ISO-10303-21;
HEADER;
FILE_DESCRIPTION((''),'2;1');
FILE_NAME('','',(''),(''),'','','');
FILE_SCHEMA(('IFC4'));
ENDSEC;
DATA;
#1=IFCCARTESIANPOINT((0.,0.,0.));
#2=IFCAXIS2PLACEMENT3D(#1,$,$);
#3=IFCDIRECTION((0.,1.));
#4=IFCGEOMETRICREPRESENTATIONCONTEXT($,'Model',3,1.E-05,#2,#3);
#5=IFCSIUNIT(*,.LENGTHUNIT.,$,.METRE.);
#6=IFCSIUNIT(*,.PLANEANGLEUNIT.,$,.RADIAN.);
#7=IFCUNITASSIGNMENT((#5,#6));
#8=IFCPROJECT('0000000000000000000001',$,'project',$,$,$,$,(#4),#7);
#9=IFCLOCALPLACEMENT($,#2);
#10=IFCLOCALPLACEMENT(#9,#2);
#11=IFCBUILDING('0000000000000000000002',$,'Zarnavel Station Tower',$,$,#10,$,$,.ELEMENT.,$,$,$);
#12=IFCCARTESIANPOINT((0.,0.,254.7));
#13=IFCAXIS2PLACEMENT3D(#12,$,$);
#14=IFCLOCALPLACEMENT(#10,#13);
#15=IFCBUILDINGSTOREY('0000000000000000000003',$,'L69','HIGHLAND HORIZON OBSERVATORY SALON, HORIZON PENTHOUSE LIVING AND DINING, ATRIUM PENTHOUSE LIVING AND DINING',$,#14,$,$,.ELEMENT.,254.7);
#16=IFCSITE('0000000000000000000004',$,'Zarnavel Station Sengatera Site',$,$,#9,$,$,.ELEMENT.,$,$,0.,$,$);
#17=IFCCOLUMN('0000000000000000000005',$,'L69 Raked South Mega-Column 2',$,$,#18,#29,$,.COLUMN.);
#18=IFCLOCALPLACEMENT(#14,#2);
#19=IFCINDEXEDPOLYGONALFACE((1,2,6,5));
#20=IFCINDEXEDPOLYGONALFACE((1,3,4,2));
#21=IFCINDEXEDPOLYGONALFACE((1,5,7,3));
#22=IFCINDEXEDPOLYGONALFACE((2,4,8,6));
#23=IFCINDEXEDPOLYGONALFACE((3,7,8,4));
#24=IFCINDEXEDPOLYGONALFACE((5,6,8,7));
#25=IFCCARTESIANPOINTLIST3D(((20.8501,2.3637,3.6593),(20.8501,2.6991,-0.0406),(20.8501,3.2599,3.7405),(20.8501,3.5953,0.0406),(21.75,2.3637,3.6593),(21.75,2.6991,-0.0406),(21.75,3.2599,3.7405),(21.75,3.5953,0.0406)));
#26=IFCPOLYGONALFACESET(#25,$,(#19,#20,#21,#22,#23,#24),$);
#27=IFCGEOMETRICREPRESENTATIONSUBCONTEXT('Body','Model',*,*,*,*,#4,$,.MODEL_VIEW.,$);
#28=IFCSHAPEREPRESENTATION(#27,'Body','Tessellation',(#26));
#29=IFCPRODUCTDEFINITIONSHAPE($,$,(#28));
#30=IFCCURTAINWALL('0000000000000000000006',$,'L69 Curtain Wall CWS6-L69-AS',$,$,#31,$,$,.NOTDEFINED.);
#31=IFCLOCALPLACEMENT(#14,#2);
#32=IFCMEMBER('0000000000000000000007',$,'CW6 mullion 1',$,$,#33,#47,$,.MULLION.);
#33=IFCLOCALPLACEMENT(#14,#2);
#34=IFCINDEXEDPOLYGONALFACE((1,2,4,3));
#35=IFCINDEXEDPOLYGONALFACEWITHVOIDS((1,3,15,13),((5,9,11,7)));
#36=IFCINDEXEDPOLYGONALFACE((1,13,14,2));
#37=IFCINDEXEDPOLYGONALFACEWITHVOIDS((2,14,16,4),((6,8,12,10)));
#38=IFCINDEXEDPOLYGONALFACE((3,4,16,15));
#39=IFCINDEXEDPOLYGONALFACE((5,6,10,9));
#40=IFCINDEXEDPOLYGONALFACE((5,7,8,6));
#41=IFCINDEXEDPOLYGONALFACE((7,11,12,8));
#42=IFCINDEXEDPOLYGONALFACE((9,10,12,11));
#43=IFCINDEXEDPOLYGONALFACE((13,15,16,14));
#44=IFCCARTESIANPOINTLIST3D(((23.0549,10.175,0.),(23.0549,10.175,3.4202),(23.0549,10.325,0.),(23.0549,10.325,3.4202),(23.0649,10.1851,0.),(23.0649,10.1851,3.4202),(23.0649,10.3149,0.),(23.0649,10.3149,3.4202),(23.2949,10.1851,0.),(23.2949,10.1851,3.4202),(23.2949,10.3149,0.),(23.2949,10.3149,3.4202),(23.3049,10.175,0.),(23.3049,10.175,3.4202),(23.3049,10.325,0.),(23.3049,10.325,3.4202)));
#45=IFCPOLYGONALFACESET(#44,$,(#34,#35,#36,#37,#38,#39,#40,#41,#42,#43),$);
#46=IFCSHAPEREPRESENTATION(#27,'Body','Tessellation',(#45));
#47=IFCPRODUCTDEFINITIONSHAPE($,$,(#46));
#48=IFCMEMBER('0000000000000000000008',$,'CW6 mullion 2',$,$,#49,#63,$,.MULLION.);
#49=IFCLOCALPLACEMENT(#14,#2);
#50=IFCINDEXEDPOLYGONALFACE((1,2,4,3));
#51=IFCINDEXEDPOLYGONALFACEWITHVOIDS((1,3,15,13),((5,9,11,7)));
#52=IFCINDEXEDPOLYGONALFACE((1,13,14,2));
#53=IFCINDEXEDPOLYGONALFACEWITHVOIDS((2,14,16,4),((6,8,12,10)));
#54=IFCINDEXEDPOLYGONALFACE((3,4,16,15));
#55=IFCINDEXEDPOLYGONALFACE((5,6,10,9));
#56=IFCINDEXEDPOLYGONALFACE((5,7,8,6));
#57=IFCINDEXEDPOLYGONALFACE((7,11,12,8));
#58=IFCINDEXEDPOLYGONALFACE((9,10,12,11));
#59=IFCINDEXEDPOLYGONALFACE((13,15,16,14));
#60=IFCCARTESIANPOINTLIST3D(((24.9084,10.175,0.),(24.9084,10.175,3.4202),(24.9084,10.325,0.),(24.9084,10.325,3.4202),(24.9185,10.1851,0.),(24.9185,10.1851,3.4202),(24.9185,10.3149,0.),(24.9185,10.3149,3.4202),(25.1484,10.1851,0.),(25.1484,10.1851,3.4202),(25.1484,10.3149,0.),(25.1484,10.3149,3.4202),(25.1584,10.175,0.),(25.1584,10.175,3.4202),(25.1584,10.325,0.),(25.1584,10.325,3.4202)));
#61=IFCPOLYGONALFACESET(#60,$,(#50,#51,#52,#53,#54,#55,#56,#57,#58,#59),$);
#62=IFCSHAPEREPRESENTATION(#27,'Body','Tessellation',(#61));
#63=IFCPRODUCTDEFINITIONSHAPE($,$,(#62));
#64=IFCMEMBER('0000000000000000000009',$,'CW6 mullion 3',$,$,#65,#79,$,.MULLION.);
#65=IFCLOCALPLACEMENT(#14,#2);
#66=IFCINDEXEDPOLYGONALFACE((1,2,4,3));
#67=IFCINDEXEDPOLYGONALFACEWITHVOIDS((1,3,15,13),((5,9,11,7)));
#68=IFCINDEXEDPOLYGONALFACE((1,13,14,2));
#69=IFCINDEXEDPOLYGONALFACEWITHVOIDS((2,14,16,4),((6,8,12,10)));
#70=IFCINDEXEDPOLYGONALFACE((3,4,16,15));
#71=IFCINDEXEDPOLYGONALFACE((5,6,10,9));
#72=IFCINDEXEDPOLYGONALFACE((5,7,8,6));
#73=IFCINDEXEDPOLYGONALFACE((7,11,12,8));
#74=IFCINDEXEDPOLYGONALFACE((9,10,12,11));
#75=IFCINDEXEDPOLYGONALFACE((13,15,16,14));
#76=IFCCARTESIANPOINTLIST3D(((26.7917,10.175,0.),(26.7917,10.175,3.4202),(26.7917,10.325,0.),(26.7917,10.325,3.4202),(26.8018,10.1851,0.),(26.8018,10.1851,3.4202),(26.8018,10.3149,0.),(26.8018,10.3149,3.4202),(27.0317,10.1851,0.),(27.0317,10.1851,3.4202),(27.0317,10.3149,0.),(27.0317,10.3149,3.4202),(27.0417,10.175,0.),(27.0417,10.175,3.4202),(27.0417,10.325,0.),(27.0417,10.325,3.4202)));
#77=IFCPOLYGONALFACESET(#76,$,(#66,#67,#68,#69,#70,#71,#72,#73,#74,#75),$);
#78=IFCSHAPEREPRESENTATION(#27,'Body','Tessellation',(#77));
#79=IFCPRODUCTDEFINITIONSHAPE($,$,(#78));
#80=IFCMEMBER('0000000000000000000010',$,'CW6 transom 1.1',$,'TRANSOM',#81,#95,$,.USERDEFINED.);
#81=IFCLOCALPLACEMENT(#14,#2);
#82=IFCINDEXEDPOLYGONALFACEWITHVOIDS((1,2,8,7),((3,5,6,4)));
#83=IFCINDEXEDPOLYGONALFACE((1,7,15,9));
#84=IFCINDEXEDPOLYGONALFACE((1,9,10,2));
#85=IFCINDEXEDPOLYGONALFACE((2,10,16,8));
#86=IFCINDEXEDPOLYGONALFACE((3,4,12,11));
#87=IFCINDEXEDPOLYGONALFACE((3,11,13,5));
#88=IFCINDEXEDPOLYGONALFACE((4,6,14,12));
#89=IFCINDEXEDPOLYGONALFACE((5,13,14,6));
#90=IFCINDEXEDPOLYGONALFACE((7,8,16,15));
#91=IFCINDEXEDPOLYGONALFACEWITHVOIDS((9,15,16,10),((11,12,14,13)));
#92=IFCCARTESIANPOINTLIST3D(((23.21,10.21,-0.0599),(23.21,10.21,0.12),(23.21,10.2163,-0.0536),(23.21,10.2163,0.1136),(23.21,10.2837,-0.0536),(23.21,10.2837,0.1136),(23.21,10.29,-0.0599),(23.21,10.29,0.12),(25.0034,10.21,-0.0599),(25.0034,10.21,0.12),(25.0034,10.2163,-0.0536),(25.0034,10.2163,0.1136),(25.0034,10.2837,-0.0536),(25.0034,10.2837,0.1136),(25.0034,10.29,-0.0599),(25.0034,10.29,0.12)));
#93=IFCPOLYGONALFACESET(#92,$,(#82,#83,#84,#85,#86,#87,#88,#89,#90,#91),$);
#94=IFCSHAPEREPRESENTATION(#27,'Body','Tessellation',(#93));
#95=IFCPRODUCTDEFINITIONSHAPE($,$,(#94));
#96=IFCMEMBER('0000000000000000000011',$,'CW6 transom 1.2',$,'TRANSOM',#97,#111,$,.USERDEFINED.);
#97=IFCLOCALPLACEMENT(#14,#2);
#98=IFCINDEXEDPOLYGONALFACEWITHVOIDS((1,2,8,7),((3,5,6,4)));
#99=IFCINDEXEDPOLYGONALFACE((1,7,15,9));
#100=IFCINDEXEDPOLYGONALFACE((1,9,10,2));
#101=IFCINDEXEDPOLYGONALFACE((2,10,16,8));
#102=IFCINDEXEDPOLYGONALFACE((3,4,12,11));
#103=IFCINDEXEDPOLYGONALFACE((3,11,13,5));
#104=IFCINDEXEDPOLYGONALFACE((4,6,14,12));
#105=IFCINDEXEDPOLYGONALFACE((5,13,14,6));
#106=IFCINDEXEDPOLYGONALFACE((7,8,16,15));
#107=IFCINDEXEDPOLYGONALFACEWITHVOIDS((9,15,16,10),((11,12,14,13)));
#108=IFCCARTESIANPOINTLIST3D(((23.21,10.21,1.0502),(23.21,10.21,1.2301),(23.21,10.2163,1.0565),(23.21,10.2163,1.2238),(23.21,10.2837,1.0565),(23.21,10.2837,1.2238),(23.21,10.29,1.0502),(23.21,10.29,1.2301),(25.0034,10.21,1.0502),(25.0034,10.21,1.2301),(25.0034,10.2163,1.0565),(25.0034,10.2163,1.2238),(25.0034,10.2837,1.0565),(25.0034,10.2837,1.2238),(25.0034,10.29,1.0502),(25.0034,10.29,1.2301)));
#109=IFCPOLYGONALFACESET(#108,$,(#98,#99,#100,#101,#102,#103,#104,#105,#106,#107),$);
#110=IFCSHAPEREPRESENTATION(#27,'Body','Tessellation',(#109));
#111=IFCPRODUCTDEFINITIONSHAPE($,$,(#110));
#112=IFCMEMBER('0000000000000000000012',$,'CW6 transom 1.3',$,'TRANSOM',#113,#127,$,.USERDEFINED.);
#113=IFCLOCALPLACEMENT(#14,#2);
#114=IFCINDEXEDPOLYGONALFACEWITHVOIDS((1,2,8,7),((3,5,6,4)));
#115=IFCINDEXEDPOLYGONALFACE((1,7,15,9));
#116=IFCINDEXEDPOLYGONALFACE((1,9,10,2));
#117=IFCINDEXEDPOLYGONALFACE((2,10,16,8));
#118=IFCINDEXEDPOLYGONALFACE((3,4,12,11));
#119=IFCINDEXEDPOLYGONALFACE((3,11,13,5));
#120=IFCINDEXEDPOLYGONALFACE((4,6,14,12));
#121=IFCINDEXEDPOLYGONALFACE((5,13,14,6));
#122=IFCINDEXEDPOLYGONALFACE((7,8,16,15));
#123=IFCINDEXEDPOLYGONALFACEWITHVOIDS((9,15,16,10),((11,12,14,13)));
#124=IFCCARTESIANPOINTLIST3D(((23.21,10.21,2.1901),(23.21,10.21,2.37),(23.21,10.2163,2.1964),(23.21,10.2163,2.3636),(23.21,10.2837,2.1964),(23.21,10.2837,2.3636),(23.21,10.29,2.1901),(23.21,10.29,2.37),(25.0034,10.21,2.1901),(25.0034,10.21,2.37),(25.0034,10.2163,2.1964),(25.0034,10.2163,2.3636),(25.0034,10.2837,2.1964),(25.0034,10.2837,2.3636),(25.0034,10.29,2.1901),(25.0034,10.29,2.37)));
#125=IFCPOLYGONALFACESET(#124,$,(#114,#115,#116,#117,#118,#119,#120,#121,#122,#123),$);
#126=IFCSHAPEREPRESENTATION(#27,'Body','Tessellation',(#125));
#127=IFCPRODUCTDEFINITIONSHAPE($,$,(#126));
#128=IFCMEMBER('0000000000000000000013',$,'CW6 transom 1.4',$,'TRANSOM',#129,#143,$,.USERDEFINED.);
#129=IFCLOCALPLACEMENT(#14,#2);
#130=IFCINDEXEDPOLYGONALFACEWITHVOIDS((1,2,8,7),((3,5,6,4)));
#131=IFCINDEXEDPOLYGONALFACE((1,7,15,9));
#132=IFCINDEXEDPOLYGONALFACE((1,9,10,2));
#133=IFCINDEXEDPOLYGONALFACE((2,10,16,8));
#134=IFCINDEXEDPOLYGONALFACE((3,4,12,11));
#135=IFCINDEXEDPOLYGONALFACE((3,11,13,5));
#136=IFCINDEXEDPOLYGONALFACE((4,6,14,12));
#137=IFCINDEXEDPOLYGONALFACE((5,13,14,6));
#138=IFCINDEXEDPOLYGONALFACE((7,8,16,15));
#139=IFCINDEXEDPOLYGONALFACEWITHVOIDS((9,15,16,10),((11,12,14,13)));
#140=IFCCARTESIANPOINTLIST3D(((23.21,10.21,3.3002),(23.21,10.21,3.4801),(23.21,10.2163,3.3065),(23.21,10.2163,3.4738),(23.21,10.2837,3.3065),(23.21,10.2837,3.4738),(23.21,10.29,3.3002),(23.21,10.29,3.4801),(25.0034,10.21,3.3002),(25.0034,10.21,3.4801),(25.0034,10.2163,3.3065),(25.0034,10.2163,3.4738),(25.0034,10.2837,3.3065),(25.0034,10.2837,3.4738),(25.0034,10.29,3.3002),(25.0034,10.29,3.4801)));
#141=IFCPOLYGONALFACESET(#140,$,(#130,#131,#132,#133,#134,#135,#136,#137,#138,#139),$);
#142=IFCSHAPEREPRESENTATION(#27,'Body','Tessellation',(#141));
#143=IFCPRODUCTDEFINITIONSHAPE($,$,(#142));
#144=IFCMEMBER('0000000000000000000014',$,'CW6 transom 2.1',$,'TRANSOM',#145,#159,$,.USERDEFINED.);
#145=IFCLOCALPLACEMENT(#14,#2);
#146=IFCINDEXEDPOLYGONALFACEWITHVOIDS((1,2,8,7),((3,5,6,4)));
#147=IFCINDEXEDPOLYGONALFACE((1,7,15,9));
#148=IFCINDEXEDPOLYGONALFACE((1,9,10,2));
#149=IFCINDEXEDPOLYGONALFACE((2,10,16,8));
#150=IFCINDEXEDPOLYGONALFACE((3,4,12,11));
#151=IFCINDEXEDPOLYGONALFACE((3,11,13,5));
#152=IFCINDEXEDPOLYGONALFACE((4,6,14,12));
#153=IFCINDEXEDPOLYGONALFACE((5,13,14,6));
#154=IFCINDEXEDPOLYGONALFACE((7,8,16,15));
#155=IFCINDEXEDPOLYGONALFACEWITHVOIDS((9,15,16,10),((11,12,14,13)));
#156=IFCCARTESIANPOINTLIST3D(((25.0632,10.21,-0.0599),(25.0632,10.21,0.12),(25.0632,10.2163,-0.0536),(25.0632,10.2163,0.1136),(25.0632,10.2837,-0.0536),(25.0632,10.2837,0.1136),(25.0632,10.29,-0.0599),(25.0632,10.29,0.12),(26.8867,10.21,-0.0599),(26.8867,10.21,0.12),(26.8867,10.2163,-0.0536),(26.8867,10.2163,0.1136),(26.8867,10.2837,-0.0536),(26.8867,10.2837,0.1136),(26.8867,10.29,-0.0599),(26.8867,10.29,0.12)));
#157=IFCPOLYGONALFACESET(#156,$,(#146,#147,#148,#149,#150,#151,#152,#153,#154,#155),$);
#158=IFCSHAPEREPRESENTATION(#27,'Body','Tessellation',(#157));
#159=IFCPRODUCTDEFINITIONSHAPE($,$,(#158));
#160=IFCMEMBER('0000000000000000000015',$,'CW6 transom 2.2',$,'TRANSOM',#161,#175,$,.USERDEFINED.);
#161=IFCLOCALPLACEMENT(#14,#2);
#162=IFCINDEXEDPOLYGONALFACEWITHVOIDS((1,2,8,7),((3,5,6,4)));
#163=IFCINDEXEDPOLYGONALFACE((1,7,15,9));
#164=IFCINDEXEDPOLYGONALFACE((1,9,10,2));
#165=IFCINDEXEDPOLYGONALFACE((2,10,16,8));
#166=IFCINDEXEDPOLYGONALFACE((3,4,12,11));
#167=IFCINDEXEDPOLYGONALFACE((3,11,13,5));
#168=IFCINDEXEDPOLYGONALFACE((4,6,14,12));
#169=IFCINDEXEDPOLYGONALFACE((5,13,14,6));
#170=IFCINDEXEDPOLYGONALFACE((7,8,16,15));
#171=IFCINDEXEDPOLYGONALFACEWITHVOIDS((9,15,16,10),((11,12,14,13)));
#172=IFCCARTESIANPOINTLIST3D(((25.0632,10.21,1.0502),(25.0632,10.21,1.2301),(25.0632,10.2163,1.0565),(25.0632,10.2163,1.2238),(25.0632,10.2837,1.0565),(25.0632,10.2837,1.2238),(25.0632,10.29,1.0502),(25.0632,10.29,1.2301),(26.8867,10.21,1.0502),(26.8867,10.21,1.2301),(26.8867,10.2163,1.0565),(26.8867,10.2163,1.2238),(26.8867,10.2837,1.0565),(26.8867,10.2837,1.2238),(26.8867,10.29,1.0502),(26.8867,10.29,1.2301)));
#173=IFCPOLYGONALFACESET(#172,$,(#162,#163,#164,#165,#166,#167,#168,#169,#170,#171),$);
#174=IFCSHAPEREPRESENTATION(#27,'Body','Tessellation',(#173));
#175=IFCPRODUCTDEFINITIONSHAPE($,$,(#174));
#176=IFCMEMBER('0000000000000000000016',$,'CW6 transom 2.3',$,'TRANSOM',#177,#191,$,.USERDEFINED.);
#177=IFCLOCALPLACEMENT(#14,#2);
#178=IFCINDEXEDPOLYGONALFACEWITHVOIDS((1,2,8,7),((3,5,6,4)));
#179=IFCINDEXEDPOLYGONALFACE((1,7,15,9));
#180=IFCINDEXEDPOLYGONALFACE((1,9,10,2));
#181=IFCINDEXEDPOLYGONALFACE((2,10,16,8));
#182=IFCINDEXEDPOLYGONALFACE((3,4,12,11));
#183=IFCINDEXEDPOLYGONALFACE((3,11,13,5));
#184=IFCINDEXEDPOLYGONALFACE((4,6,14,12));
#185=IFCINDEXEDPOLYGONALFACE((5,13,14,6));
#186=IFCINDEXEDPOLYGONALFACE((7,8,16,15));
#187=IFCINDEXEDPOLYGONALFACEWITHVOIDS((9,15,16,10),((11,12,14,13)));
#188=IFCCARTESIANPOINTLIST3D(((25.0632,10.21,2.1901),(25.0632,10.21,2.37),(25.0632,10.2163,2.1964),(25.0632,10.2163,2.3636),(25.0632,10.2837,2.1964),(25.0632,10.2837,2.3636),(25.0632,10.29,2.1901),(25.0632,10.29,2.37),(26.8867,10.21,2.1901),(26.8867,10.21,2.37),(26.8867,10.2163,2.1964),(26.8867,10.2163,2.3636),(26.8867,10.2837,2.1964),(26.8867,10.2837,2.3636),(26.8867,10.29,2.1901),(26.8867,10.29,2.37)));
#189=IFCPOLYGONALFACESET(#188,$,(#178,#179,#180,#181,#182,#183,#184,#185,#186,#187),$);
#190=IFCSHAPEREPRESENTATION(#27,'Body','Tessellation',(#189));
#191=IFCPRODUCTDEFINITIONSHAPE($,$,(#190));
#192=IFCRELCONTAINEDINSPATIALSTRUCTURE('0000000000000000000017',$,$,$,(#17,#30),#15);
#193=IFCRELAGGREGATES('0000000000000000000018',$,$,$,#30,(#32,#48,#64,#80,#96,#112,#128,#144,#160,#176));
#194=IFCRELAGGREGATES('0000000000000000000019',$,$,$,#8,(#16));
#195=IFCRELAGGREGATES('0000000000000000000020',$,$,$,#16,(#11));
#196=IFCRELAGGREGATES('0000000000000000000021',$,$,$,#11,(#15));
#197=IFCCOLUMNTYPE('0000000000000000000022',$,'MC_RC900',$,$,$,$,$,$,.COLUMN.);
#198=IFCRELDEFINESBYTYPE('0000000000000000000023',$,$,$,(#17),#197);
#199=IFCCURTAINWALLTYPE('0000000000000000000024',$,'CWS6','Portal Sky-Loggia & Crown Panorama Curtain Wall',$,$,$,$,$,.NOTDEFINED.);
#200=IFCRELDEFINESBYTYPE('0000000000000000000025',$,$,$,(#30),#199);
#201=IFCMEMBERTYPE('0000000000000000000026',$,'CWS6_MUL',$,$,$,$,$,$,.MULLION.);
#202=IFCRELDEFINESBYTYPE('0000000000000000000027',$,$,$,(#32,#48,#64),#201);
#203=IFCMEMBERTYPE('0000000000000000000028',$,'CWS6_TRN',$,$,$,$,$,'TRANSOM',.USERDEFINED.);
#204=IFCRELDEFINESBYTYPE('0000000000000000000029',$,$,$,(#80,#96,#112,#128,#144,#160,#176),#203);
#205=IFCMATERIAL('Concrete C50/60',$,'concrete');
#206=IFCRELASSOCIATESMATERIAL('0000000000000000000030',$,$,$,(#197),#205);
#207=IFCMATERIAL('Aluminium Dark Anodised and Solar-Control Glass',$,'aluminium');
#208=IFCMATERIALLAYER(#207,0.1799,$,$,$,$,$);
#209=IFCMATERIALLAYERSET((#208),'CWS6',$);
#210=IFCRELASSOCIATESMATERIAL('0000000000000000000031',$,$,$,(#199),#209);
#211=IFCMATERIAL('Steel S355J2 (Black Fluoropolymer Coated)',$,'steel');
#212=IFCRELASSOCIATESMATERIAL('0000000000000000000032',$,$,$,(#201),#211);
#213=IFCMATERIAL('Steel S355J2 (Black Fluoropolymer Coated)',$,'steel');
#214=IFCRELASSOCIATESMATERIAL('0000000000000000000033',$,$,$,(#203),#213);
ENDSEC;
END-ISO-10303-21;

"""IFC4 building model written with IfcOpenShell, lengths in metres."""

from ifc_helpers import new_model, si_unit, direction, frame, origin, origin_2d, place, context, subcontext, project, spatial, rectangle, hollow_rectangle, extrude, material, layer, layer_set, material_profile, profile_set, type_object, element, aggregate, save


model = new_model("IFC4")

# Units and contexts
model_context = context("Model", 3, precision=1e-05, world=origin(), true_north=direction((0.0, 1.0)))
body_context = subcontext(model_context, "Body", "Model", "MODEL_VIEW")
ifc_project = project(units=[si_unit("LENGTHUNIT", "METRE"), si_unit("PLANEANGLEUNIT", "RADIAN")], contexts=[model_context])

# Site, building, storey
site_placement = place(None, origin())
site = spatial("IfcSite", under=ifc_project, at=site_placement, Name="Zarnavel Station Sengatera Site", CompositionType="ELEMENT", RefElevation=0.0)
building_placement = place(site_placement, origin())
building = spatial("IfcBuilding", under=site, at=building_placement, Name="Zarnavel Station Tower", CompositionType="ELEMENT")
storey_placement = place(building_placement, frame((0.0, 0.0, 254.7)))
storey = spatial("IfcBuildingStorey", under=building, at=storey_placement, Name="L69", Description="HIGHLAND HORIZON OBSERVATORY SALON, HORIZON PENTHOUSE LIVING AND DINING, ATRIUM PENTHOUSE LIVING AND DINING", CompositionType="ELEMENT", Elevation=254.7)

# Column
ifc_material_1 = material(Name="Concrete C50/60", Category="concrete")
ifc_material_profile_1 = material_profile(ifc_material_1, rectangle(XDim=0.8999, YDim=0.8999, at=origin_2d()), Name="RC900x900")
ifc_profile_set_1 = profile_set([ifc_material_profile_1], Name="Concrete C50/60")
column_type = type_object("IfcColumnType", Name="MC_RC900", PredefinedType="COLUMN", material=ifc_profile_set_1)
column_placement = place(storey_placement, frame((21.3, 3.1472, 0.0), z_axis=(0.0, -0.090293, 0.995915), x_axis=(1.0, 0.0, 0.0)))
element("IfcColumn", 1, at=column_placement, inside=storey, type_object=column_type, Name="L69 Raked South Mega-Column 2", PredefinedType="COLUMN", context=body_context, shape_type="SweptSolid", body=[
    extrude(rectangle(XDim=0.8999, YDim=0.8999, at=origin_2d()), origin(), (0.0, 0.0, 1.0), 3.7151),
])

# Curtain wall, members
ifc_material_2 = material(Name="Aluminium Dark Anodised and Solar-Control Glass", Category="aluminium")
ifc_layer_1 = layer(ifc_material_2, 0.1799)
ifc_layer_set_1 = layer_set([ifc_layer_1], Name="CWS6")
curtain_wall_type = type_object("IfcCurtainWallType", Name="CWS6", Description="Portal Sky-Loggia & Crown Panorama Curtain Wall", PredefinedType="NOTDEFINED", material=ifc_layer_set_1)
curtain_wall_placement = place(storey_placement, origin())
curtain_wall = element("IfcCurtainWall", 2, at=curtain_wall_placement, inside=storey, type_object=curtain_wall_type, Name="L69 Curtain Wall CWS6-L69-AS", PredefinedType="NOTDEFINED")
ifc_material_3 = material(Name="Steel S355J2 (Black Fluoropolymer Coated)", Category="steel")
ifc_material_profile_2 = material_profile(ifc_material_3, hollow_rectangle(XDim=0.1499, YDim=0.25, WallThickness=0.01, at=origin_2d()), Name="RHS250x150x10")
ifc_profile_set_2 = profile_set([ifc_material_profile_2], Name="Steel S355J2 (Black Fluoropolymer Coated)")
member_type_1 = type_object("IfcMemberType", Name="CWS6_MUL", PredefinedType="MULLION", material=ifc_profile_set_2)
member_1_placement = place(storey_placement, frame((23.1799, 10.25, 0.0), z_axis=(0.0, 0.0, 1.0), x_axis=(0.0, 1.0, 0.0)))
member_1 = element("IfcMember", 3, at=member_1_placement, type_object=member_type_1, Name="CW6 mullion 1", PredefinedType="MULLION", context=body_context, shape_type="SweptSolid", body=[
    extrude(hollow_rectangle(XDim=0.1499, YDim=0.25, WallThickness=0.01, at=origin_2d()), origin(), (0.0, 0.0, 1.0), 3.4202),
])
member_2_placement = place(storey_placement, frame((25.0334, 10.25, 0.0), z_axis=(0.0, 0.0, 1.0), x_axis=(0.0, 1.0, 0.0)))
member_2 = element("IfcMember", 4, at=member_2_placement, type_object=member_type_1, Name="CW6 mullion 2", PredefinedType="MULLION", context=body_context, shape_type="SweptSolid", body=[
    extrude(hollow_rectangle(XDim=0.1499, YDim=0.25, WallThickness=0.01, at=origin_2d()), origin(), (0.0, 0.0, 1.0), 3.4202),
])
member_3_placement = place(storey_placement, frame((26.9167, 10.25, 0.0), z_axis=(0.0, 0.0, 1.0), x_axis=(0.0, 1.0, 0.0)))
member_3 = element("IfcMember", 5, at=member_3_placement, type_object=member_type_1, Name="CW6 mullion 3", PredefinedType="MULLION", context=body_context, shape_type="SweptSolid", body=[
    extrude(hollow_rectangle(XDim=0.1499, YDim=0.25, WallThickness=0.01, at=origin_2d()), origin(), (0.0, 0.0, 1.0), 3.4202),
])
ifc_material_4 = material(Name="Steel S355J2 (Black Fluoropolymer Coated)", Category="steel")
ifc_material_profile_3 = material_profile(ifc_material_4, hollow_rectangle(XDim=0.0801, YDim=0.1799, WallThickness=0.0063, at=origin_2d()), Name="RHS180x80x6.3")
ifc_profile_set_3 = profile_set([ifc_material_profile_3], Name="Steel S355J2 (Black Fluoropolymer Coated)")
member_type_2 = type_object("IfcMemberType", Name="CWS6_TRN", ElementType="TRANSOM", PredefinedType="USERDEFINED", material=ifc_profile_set_3)
member_4_placement = place(storey_placement, frame((23.21, 10.25, 0.03), z_axis=(1.0, 0.0, 0.0), x_axis=(0.0, 1.0, 0.0)))
member_4 = element("IfcMember", 6, at=member_4_placement, type_object=member_type_2, Name="CW6 transom 1.1", ObjectType="TRANSOM", PredefinedType="USERDEFINED", context=body_context, shape_type="SweptSolid", body=[
    extrude(hollow_rectangle(XDim=0.0801, YDim=0.1799, WallThickness=0.0063, at=origin_2d()), origin(), (0.0, 0.0, 1.0), 1.7935),
])
member_5_placement = place(storey_placement, frame((23.21, 10.25, 1.1401), z_axis=(1.0, 0.0, 0.0), x_axis=(0.0, 1.0, 0.0)))
member_5 = element("IfcMember", 7, at=member_5_placement, type_object=member_type_2, Name="CW6 transom 1.2", ObjectType="TRANSOM", PredefinedType="USERDEFINED", context=body_context, shape_type="SweptSolid", body=[
    extrude(hollow_rectangle(XDim=0.0801, YDim=0.1799, WallThickness=0.0063, at=origin_2d()), origin(), (0.0, 0.0, 1.0), 1.7935),
])
member_6_placement = place(storey_placement, frame((23.21, 10.25, 2.28), z_axis=(1.0, 0.0, 0.0), x_axis=(0.0, 1.0, 0.0)))
member_6 = element("IfcMember", 8, at=member_6_placement, type_object=member_type_2, Name="CW6 transom 1.3", ObjectType="TRANSOM", PredefinedType="USERDEFINED", context=body_context, shape_type="SweptSolid", body=[
    extrude(hollow_rectangle(XDim=0.0801, YDim=0.1799, WallThickness=0.0063, at=origin_2d()), origin(), (0.0, 0.0, 1.0), 1.7935),
])
member_7_placement = place(storey_placement, frame((23.21, 10.25, 3.3901), z_axis=(1.0, 0.0, 0.0), x_axis=(0.0, 1.0, 0.0)))
member_7 = element("IfcMember", 9, at=member_7_placement, type_object=member_type_2, Name="CW6 transom 1.4", ObjectType="TRANSOM", PredefinedType="USERDEFINED", context=body_context, shape_type="SweptSolid", body=[
    extrude(hollow_rectangle(XDim=0.0801, YDim=0.1799, WallThickness=0.0063, at=origin_2d()), origin(), (0.0, 0.0, 1.0), 1.7935),
])
member_8_placement = place(storey_placement, frame((25.0632, 10.25, 0.03), z_axis=(1.0, 0.0, 0.0), x_axis=(0.0, 1.0, 0.0)))
member_8 = element("IfcMember", 10, at=member_8_placement, type_object=member_type_2, Name="CW6 transom 2.1", ObjectType="TRANSOM", PredefinedType="USERDEFINED", context=body_context, shape_type="SweptSolid", body=[
    extrude(hollow_rectangle(XDim=0.0801, YDim=0.1799, WallThickness=0.0063, at=origin_2d()), origin(), (0.0, 0.0, 1.0), 1.8235),
])
member_9_placement = place(storey_placement, frame((25.0632, 10.25, 1.1401), z_axis=(1.0, 0.0, 0.0), x_axis=(0.0, 1.0, 0.0)))
member_9 = element("IfcMember", 11, at=member_9_placement, type_object=member_type_2, Name="CW6 transom 2.2", ObjectType="TRANSOM", PredefinedType="USERDEFINED", context=body_context, shape_type="SweptSolid", body=[
    extrude(hollow_rectangle(XDim=0.0801, YDim=0.1799, WallThickness=0.0063, at=origin_2d()), origin(), (0.0, 0.0, 1.0), 1.8235),
])
member_10_placement = place(storey_placement, frame((25.0632, 10.25, 2.28), z_axis=(1.0, 0.0, 0.0), x_axis=(0.0, 1.0, 0.0)))
member_10 = element("IfcMember", 12, at=member_10_placement, type_object=member_type_2, Name="CW6 transom 2.3", ObjectType="TRANSOM", PredefinedType="USERDEFINED", context=body_context, shape_type="SweptSolid", body=[
    extrude(hollow_rectangle(XDim=0.0801, YDim=0.1799, WallThickness=0.0063, at=origin_2d()), origin(), (0.0, 0.0, 1.0), 1.8235),
])

aggregate(curtain_wall, [member_1, member_2, member_3, member_4, member_5, member_6, member_7, member_8, member_9, member_10])

save(model, "model.ifc")
